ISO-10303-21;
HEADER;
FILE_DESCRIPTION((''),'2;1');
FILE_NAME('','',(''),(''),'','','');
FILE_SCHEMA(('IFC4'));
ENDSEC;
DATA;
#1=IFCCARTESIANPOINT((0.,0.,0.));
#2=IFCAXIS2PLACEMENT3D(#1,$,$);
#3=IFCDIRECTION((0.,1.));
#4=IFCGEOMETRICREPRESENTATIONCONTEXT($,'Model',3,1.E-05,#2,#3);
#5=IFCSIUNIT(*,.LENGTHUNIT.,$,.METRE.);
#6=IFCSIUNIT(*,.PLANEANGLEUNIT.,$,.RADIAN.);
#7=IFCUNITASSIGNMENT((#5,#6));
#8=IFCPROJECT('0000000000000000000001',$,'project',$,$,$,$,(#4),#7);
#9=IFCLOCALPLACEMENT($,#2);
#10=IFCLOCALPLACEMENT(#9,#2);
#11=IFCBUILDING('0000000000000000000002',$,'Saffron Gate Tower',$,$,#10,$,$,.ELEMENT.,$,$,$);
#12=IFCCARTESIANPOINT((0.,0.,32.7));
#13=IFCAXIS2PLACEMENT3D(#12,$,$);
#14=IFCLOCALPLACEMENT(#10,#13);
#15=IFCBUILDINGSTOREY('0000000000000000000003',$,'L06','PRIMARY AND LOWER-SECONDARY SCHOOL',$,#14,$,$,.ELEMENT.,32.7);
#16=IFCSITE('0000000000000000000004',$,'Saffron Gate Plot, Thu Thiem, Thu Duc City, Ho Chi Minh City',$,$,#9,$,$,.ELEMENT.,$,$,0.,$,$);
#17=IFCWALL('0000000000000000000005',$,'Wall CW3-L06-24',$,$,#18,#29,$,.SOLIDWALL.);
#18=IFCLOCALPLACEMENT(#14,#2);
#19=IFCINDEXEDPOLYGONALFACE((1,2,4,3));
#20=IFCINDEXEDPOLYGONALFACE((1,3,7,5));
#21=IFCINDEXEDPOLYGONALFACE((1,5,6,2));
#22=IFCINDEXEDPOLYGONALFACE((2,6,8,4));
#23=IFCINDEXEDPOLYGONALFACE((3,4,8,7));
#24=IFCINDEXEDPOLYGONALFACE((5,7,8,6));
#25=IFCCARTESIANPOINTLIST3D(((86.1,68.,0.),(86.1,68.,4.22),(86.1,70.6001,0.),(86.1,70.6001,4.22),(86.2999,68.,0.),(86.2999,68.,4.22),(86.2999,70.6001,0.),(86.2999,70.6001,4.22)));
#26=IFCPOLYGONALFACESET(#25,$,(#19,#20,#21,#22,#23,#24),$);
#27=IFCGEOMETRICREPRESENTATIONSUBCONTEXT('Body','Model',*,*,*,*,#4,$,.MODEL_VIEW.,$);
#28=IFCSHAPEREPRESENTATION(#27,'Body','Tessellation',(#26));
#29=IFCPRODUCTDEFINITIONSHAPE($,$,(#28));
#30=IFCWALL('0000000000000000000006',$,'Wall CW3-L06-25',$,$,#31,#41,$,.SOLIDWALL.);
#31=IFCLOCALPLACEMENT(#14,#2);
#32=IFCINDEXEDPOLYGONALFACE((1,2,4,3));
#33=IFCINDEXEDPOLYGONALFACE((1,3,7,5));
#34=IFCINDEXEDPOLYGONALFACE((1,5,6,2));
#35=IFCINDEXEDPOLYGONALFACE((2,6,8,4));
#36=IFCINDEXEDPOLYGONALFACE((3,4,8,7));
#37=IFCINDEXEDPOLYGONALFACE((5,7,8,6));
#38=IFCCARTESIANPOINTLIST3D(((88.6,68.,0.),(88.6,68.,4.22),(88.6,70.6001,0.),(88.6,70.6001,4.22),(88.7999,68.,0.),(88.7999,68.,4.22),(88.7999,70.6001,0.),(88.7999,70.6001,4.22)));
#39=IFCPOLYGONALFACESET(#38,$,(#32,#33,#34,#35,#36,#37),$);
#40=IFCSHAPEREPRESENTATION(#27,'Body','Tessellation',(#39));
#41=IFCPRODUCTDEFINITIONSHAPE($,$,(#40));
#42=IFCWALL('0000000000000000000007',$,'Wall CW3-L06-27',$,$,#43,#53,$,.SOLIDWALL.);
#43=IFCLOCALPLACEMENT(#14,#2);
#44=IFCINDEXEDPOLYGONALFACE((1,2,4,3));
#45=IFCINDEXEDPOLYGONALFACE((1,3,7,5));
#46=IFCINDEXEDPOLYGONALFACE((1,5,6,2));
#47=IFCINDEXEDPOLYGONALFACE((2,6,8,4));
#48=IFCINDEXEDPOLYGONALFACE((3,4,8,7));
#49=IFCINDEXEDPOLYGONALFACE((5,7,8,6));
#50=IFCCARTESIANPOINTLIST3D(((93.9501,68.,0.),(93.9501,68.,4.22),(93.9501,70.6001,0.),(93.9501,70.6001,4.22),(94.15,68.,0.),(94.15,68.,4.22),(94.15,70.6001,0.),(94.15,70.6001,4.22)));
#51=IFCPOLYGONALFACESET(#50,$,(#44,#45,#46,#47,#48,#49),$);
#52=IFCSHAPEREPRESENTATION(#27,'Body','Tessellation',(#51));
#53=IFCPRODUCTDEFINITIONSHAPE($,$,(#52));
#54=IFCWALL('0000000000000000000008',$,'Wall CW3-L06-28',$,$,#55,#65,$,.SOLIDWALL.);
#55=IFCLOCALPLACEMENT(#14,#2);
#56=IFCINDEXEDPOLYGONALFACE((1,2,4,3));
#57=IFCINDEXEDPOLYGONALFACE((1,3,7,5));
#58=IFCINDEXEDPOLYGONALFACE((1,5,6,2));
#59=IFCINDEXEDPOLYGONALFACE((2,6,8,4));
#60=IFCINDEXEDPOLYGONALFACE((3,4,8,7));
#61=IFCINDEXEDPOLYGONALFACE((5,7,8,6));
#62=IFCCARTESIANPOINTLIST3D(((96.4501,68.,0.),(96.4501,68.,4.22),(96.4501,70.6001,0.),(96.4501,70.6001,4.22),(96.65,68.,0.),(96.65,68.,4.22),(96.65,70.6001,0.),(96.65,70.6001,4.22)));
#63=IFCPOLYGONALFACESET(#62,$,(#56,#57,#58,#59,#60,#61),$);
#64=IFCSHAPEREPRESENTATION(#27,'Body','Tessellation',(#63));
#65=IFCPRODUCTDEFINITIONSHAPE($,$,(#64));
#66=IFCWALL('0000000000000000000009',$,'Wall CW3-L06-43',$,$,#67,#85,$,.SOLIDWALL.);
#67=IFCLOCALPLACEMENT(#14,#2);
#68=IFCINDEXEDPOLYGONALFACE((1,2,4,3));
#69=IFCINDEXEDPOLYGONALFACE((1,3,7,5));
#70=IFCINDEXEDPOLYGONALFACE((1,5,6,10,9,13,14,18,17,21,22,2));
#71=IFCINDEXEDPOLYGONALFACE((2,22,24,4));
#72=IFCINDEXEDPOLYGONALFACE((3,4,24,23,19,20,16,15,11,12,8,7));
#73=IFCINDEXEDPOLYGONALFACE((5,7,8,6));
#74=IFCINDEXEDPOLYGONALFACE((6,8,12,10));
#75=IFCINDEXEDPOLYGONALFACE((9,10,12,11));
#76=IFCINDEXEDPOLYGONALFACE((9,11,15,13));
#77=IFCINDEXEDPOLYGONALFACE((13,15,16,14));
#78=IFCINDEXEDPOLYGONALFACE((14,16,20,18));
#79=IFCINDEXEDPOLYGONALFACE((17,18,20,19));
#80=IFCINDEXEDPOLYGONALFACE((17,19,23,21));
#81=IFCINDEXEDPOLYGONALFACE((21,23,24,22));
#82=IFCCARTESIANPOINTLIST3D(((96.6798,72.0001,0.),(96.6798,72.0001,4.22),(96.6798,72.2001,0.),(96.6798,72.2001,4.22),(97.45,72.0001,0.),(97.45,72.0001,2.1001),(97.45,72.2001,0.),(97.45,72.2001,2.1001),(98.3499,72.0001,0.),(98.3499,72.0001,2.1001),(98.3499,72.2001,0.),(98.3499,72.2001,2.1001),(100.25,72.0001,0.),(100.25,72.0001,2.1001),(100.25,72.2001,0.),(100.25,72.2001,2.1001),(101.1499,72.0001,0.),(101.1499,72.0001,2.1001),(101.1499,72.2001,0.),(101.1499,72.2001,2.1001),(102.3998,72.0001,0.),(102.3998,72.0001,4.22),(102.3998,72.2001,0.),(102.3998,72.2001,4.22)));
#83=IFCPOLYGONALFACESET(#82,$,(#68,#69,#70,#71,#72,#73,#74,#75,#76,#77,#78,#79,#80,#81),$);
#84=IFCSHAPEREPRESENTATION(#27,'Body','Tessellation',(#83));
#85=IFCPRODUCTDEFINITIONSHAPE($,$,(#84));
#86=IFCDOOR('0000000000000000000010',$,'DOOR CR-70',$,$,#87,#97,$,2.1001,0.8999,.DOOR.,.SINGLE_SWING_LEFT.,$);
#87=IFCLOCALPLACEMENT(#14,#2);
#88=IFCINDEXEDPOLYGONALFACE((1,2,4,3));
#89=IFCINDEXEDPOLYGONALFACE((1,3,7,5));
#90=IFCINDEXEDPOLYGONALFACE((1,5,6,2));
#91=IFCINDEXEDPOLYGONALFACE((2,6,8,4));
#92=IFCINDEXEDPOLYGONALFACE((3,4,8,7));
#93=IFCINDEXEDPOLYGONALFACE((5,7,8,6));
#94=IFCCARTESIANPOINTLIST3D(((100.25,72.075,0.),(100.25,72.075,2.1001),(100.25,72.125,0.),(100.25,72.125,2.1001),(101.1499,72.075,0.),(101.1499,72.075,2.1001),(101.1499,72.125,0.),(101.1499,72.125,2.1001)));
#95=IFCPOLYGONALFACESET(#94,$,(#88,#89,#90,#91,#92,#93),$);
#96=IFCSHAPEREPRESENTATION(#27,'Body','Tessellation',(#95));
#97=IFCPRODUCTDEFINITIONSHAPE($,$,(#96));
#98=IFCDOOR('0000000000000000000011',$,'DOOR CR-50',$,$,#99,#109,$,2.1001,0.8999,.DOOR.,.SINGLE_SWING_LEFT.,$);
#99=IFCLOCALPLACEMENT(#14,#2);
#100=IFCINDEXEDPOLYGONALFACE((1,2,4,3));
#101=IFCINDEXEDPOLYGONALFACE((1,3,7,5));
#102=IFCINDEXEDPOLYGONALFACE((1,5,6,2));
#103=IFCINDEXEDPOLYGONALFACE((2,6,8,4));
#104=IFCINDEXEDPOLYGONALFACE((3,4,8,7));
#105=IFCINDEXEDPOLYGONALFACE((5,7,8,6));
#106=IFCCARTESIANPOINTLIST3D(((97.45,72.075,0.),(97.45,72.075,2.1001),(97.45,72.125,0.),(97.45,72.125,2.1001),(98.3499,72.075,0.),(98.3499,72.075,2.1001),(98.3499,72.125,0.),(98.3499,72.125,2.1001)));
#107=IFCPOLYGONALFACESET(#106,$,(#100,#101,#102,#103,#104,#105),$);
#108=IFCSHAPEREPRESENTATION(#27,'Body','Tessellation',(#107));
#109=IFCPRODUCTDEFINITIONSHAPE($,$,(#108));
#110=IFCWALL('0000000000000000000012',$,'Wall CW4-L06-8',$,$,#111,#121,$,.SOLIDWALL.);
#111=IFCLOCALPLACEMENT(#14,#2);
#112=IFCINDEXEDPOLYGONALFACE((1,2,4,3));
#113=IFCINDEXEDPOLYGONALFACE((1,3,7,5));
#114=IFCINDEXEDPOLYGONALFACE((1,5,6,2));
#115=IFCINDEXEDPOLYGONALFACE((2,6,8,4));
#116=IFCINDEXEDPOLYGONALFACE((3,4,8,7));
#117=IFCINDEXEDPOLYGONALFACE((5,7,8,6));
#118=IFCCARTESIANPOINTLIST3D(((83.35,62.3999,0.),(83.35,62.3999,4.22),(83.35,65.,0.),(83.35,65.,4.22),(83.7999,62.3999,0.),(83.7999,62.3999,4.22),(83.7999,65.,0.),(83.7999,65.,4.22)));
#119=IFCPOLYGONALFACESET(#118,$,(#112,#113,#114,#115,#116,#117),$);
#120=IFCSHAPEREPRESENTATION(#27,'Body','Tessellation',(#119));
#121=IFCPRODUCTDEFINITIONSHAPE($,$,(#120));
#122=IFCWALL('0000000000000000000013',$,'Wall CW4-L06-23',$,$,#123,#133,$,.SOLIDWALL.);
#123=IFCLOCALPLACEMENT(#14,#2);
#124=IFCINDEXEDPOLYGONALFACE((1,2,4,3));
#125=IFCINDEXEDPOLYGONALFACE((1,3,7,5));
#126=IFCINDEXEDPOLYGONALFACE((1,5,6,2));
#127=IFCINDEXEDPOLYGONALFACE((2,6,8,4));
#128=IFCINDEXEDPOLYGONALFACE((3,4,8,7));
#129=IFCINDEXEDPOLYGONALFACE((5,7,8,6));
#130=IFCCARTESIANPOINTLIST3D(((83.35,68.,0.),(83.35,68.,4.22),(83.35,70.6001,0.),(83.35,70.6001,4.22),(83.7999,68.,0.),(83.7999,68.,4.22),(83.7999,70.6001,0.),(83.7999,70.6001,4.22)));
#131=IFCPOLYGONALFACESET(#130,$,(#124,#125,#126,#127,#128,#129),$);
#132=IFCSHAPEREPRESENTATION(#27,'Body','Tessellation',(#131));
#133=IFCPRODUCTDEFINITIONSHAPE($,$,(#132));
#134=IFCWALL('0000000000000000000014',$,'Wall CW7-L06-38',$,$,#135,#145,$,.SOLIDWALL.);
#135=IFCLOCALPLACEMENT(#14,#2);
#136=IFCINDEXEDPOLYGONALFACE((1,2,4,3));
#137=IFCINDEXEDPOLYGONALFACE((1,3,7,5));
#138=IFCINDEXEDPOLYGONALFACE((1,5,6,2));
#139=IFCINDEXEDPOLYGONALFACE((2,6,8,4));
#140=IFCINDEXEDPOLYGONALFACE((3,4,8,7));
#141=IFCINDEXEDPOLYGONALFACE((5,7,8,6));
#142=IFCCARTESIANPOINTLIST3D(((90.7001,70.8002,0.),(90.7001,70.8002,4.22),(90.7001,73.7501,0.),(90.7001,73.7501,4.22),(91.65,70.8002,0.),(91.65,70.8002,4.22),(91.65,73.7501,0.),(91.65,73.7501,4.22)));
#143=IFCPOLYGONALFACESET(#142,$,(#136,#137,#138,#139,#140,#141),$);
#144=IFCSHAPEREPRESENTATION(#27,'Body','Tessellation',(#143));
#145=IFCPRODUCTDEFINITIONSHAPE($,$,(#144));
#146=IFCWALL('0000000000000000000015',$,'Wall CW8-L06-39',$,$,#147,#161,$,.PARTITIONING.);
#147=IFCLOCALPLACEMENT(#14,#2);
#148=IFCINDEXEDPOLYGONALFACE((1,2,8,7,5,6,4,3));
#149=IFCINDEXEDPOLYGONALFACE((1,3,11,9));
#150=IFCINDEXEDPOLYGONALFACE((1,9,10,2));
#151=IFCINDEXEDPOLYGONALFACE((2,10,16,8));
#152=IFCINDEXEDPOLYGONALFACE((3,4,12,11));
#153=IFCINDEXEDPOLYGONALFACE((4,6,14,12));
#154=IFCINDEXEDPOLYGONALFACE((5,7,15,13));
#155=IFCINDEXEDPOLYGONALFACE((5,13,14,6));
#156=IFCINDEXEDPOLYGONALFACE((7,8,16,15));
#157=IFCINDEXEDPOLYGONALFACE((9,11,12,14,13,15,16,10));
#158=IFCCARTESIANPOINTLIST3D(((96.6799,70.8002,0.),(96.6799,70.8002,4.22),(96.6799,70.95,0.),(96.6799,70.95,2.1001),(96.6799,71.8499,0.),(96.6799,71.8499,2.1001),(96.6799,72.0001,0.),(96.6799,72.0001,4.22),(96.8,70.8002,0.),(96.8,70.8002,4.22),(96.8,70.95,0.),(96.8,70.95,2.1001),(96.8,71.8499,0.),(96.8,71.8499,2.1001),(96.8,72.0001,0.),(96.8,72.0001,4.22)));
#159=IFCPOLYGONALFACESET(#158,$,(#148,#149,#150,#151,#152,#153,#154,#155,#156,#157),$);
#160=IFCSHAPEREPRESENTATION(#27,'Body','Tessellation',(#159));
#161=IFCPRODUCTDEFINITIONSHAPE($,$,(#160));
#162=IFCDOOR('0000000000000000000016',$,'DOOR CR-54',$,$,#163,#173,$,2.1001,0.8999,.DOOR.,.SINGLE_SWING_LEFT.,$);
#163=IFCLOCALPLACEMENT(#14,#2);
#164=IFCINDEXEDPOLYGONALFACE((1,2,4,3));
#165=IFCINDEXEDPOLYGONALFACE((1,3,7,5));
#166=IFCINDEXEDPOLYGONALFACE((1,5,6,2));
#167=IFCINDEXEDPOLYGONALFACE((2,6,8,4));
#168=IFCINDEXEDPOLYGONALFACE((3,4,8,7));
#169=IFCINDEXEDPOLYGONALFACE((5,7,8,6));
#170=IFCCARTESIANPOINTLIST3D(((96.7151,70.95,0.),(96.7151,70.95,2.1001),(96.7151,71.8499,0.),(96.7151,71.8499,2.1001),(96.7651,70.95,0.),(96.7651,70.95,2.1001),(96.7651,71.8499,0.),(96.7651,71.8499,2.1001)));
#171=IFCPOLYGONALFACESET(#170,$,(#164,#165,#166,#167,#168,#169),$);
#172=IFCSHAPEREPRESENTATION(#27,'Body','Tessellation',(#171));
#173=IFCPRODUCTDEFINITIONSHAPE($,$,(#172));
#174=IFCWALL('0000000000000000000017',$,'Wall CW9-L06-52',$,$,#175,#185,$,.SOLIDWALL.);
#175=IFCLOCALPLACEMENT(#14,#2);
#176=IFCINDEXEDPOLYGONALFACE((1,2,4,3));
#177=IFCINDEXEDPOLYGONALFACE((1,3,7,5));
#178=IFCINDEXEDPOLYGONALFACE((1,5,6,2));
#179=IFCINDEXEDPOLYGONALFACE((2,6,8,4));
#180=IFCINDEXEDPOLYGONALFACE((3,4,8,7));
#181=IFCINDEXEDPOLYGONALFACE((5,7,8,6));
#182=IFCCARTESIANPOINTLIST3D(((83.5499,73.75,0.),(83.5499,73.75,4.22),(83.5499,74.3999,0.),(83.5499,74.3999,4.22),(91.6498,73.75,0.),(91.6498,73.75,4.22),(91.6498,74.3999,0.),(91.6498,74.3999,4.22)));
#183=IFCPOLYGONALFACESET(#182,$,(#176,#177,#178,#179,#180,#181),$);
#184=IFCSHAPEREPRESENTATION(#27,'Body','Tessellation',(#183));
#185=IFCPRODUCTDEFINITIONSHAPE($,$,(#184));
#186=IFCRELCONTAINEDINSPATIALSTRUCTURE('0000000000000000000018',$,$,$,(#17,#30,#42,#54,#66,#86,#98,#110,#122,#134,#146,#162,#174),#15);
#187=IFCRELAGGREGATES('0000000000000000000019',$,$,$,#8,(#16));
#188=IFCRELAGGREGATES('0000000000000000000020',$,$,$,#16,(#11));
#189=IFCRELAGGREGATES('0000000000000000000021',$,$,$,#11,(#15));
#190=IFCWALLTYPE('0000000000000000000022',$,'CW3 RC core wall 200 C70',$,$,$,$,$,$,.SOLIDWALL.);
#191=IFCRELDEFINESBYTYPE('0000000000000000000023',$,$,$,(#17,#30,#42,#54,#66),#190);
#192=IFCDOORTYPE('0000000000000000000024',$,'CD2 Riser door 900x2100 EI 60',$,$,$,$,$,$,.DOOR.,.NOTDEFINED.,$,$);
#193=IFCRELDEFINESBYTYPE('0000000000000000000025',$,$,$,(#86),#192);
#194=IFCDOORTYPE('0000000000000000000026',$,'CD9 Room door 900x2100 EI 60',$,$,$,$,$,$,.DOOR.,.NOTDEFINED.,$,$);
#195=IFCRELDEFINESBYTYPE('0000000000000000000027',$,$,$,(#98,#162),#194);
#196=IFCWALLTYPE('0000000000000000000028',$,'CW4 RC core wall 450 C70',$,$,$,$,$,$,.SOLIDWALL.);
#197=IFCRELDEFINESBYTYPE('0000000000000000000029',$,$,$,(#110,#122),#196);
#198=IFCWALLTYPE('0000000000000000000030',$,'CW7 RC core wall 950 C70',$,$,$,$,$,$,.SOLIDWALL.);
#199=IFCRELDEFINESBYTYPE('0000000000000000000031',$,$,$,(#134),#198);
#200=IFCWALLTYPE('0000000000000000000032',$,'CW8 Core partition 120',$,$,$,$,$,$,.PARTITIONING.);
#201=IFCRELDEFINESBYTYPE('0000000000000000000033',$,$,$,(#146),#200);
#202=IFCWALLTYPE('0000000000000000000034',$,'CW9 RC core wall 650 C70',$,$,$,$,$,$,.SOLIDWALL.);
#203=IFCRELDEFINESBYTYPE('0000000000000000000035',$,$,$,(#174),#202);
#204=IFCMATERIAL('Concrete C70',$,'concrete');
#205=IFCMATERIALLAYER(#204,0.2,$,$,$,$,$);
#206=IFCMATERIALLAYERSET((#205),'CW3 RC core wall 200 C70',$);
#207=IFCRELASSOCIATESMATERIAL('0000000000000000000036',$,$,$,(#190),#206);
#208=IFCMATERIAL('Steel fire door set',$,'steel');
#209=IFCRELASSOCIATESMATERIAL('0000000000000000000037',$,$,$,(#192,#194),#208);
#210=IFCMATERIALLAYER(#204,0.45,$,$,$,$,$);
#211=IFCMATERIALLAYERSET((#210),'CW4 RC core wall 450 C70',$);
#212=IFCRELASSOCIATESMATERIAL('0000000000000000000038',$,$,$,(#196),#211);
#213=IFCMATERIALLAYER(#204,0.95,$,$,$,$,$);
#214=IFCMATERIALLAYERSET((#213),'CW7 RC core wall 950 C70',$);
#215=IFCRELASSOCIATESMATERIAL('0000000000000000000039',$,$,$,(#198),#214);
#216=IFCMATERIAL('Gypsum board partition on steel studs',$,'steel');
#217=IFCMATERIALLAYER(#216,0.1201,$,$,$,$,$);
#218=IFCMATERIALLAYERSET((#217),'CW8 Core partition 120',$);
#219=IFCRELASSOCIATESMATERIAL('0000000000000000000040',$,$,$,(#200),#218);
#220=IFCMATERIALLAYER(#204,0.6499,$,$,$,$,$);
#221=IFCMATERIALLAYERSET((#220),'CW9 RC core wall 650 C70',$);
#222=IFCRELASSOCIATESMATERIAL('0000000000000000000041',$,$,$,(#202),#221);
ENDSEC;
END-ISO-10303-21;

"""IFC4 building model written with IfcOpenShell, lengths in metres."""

from ifc_helpers import new_model, si_unit, direction, frame, frame_2d, origin, place, context, subcontext, project, spatial, rectangle, extrude, material, layer, layer_set, type_object, element, fill, save


model = new_model("IFC4")

# Units and contexts
model_context = context("Model", 3, precision=1e-05, world=origin(), true_north=direction((0.0, 1.0)))
body_context = subcontext(model_context, "Body", "Model", "MODEL_VIEW")
ifc_project = project(units=[si_unit("LENGTHUNIT", "METRE"), si_unit("PLANEANGLEUNIT", "RADIAN")], contexts=[model_context])

# Site, building, storey
site_placement = place(None, origin())
site = spatial("IfcSite", under=ifc_project, at=site_placement, Name="Saffron Gate Plot, Thu Thiem, Thu Duc City, Ho Chi Minh City", CompositionType="ELEMENT", RefElevation=0.0)
building_placement = place(site_placement, origin())
building = spatial("IfcBuilding", under=site, at=building_placement, Name="Saffron Gate Tower", CompositionType="ELEMENT")
storey_placement = place(building_placement, frame((0.0, 0.0, 32.7)))
storey = spatial("IfcBuildingStorey", under=building, at=storey_placement, Name="L06", Description="PRIMARY AND LOWER-SECONDARY SCHOOL", CompositionType="ELEMENT", Elevation=32.7)

# Shared definitions
ifc_material_1 = material(Name="Concrete C70", Category="concrete")

# Shared definitions
ifc_material_2 = material(Name="Steel fire door set", Category="steel")

# Shared definitions
ifc_layer_1 = layer(ifc_material_1, 0.2)
ifc_layer_set_1 = layer_set([ifc_layer_1], Name="CW3 RC core wall 200 C70")
wall_type_1 = type_object("IfcWallType", Name="CW3 RC core wall 200 C70", PredefinedType="SOLIDWALL", material=ifc_layer_set_1)

# Shared definitions
door_type_1 = type_object("IfcDoorType", Name="CD2 Riser door 900x2100 EI 60", OperationType="NOTDEFINED", PredefinedType="DOOR", material=ifc_material_2)

# Walls
for number, where, z_axis, x_axis, name in (
    (1, (86.2, 68.0, 0.0), (0.0, 0.0, 1.0), (0.0, 1.0, 0.0), "Wall CW3-L06-24"),
    (2, (88.7, 68.0, 0.0), (0.0, 0.0, 1.0), (0.0, 1.0, 0.0), "Wall CW3-L06-25"),
    (3, (94.05, 68.0, 0.0), (0.0, 0.0, 1.0), (0.0, 1.0, 0.0), "Wall CW3-L06-27"),
    (4, (96.55, 68.0, 0.0), (0.0, 0.0, 1.0), (0.0, 1.0, 0.0), "Wall CW3-L06-28"),
):
    element("IfcWall", number, at=place(storey_placement, frame(where, z_axis=z_axis, x_axis=x_axis)), inside=storey, type_object=wall_type_1, Name=name, PredefinedType="SOLIDWALL", context=body_context, shape_type="SweptSolid", body=[
        extrude(rectangle(XDim=2.6001, YDim=0.2, at=frame_2d((1.3, 0.0))), origin(), (0.0, 0.0, 1.0), 4.22),
    ])

# Wall, openings, doors
wall_1_placement = place(storey_placement, frame((96.6799, 72.1001, 0.0), z_axis=(0.0, 0.0, 1.0), x_axis=(1.0, 0.0, 0.0)))
wall_1 = element("IfcWall", 5, at=wall_1_placement, inside=storey, type_object=wall_type_1, Name="Wall CW3-L06-43", PredefinedType="SOLIDWALL", context=body_context, shape_type="SweptSolid", body=[
    extrude(rectangle(XDim=5.72, YDim=0.2, at=frame_2d((2.8599, 0.0))), origin(), (0.0, 0.0, 1.0), 4.22),
])
opening_1_placement = place(wall_1_placement, frame((0.77, 0.0, 0.0)))
opening_1 = element("IfcOpeningElement", 6, at=opening_1_placement, cuts=wall_1, PredefinedType="OPENING", context=body_context, shape_type="SweptSolid", body=[
    extrude(rectangle(XDim=0.8999, YDim=2.1001, at=frame_2d((0.45, 1.05))), frame((0.0, 0.1099, 0.0), z_axis=(0.0, -1.0, 0.0), x_axis=(1.0, 0.0, 0.0)), (0.0, 0.0, 1.0), 0.22),
])
opening_2_placement = place(wall_1_placement, frame((3.5701, 0.0, 0.0)))
opening_2 = element("IfcOpeningElement", 7, at=opening_2_placement, cuts=wall_1, PredefinedType="OPENING", context=body_context, shape_type="SweptSolid", body=[
    extrude(rectangle(XDim=0.8999, YDim=2.1001, at=frame_2d((0.45, 1.05))), frame((0.0, 0.1099, 0.0), z_axis=(0.0, -1.0, 0.0), x_axis=(1.0, 0.0, 0.0)), (0.0, 0.0, 1.0), 0.22),
])
door_1_placement = place(opening_2_placement, origin())
door_1 = element("IfcDoor", 8, at=door_1_placement, inside=storey, type_object=door_type_1, Name="DOOR CR-70", OperationType="SINGLE_SWING_LEFT", OverallHeight=2.1001, OverallWidth=0.8999, PredefinedType="DOOR", context=body_context, shape_type="SweptSolid", body=[
    extrude(rectangle(XDim=0.8999, YDim=2.1001, at=frame_2d((0.45, 1.05))), frame((0.0, 0.0249, 0.0), z_axis=(0.0, -1.0, 0.0), x_axis=(1.0, 0.0, 0.0)), (0.0, 0.0, 1.0), 0.05),
])
fill(opening_2, door_1)
door_type_2 = type_object("IfcDoorType", Name="CD9 Room door 900x2100 EI 60", OperationType="NOTDEFINED", PredefinedType="DOOR", material=ifc_material_2)
door_2_placement = place(opening_1_placement, origin())
door_2 = element("IfcDoor", 9, at=door_2_placement, inside=storey, type_object=door_type_2, Name="DOOR CR-50", OperationType="SINGLE_SWING_LEFT", OverallHeight=2.1001, OverallWidth=0.8999, PredefinedType="DOOR", context=body_context, shape_type="SweptSolid", body=[
    extrude(rectangle(XDim=0.8999, YDim=2.1001, at=frame_2d((0.45, 1.05))), frame((0.0, 0.0249, 0.0), z_axis=(0.0, -1.0, 0.0), x_axis=(1.0, 0.0, 0.0)), (0.0, 0.0, 1.0), 0.05),
])
fill(opening_1, door_2)

# Walls
ifc_layer_2 = layer(ifc_material_1, 0.45)
ifc_layer_set_2 = layer_set([ifc_layer_2], Name="CW4 RC core wall 450 C70")
wall_type_2 = type_object("IfcWallType", Name="CW4 RC core wall 450 C70", PredefinedType="SOLIDWALL", material=ifc_layer_set_2)
for number, where, z_axis, x_axis, name in (
    (10, (83.575, 62.3999, 0.0), (0.0, 0.0, 1.0), (0.0, 1.0, 0.0), "Wall CW4-L06-8"),
    (11, (83.575, 68.0, 0.0), (0.0, 0.0, 1.0), (0.0, 1.0, 0.0), "Wall CW4-L06-23"),
):
    element("IfcWall", number, at=place(storey_placement, frame(where, z_axis=z_axis, x_axis=x_axis)), inside=storey, type_object=wall_type_2, Name=name, PredefinedType="SOLIDWALL", context=body_context, shape_type="SweptSolid", body=[
        extrude(rectangle(XDim=2.6001, YDim=0.45, at=frame_2d((1.3, 0.0))), origin(), (0.0, 0.0, 1.0), 4.22),
    ])
ifc_layer_3 = layer(ifc_material_1, 0.95)
ifc_layer_set_3 = layer_set([ifc_layer_3], Name="CW7 RC core wall 950 C70")
wall_type_3 = type_object("IfcWallType", Name="CW7 RC core wall 950 C70", PredefinedType="SOLIDWALL", material=ifc_layer_set_3)
wall_2_placement = place(storey_placement, frame((91.175, 70.8, 0.0), z_axis=(0.0, 0.0, 1.0), x_axis=(0.0, 1.0, 0.0)))
element("IfcWall", 12, at=wall_2_placement, inside=storey, type_object=wall_type_3, Name="Wall CW7-L06-38", PredefinedType="SOLIDWALL", context=body_context, shape_type="SweptSolid", body=[
    extrude(rectangle(XDim=2.95, YDim=0.95, at=frame_2d((1.4751, 0.0))), origin(), (0.0, 0.0, 1.0), 4.22),
])

# Wall, opening, door
ifc_material_3 = material(Name="Gypsum board partition on steel studs", Category="steel")
ifc_layer_4 = layer(ifc_material_3, 0.1201)
ifc_layer_set_4 = layer_set([ifc_layer_4], Name="CW8 Core partition 120")
wall_type_4 = type_object("IfcWallType", Name="CW8 Core partition 120", PredefinedType="PARTITIONING", material=ifc_layer_set_4)
wall_3_placement = place(storey_placement, frame((96.74, 70.8, 0.0), z_axis=(0.0, 0.0, 1.0), x_axis=(0.0, 1.0, 0.0)))
wall_3 = element("IfcWall", 13, at=wall_3_placement, inside=storey, type_object=wall_type_4, Name="Wall CW8-L06-39", PredefinedType="PARTITIONING", context=body_context, shape_type="SweptSolid", body=[
    extrude(rectangle(XDim=1.2, YDim=0.1201, at=frame_2d((0.6001, 0.0))), origin(), (0.0, 0.0, 1.0), 4.22),
])
opening_3_placement = place(wall_3_placement, frame((0.1499, 0.0, 0.0)))
opening_3 = element("IfcOpeningElement", 14, at=opening_3_placement, cuts=wall_3, PredefinedType="OPENING", context=body_context, shape_type="SweptSolid", body=[
    extrude(rectangle(XDim=0.8999, YDim=2.1001, at=frame_2d((0.45, 1.05))), frame((0.0, 0.0701, 0.0), z_axis=(0.0, -1.0, 0.0), x_axis=(1.0, 0.0, 0.0)), (0.0, 0.0, 1.0), 0.1401),
])
door_3_placement = place(opening_3_placement, origin())
door_3 = element("IfcDoor", 15, at=door_3_placement, inside=storey, type_object=door_type_2, Name="DOOR CR-54", OperationType="SINGLE_SWING_LEFT", OverallHeight=2.1001, OverallWidth=0.8999, PredefinedType="DOOR", context=body_context, shape_type="SweptSolid", body=[
    extrude(rectangle(XDim=0.8999, YDim=2.1001, at=frame_2d((0.45, 1.05))), frame((0.0, 0.0249, 0.0), z_axis=(0.0, -1.0, 0.0), x_axis=(1.0, 0.0, 0.0)), (0.0, 0.0, 1.0), 0.05),
])
fill(opening_3, door_3)

# Wall
ifc_layer_5 = layer(ifc_material_1, 0.6499)
ifc_layer_set_5 = layer_set([ifc_layer_5], Name="CW9 RC core wall 650 C70")
wall_type_5 = type_object("IfcWallType", Name="CW9 RC core wall 650 C70", PredefinedType="SOLIDWALL", material=ifc_layer_set_5)
wall_4_placement = place(storey_placement, frame((83.55, 74.075, 0.0), z_axis=(0.0, 0.0, 1.0), x_axis=(1.0, 0.0, 0.0)))
element("IfcWall", 16, at=wall_4_placement, inside=storey, type_object=wall_type_5, Name="Wall CW9-L06-52", PredefinedType="SOLIDWALL", context=body_context, shape_type="SweptSolid", body=[
    extrude(rectangle(XDim=8.0999, YDim=0.6499, at=frame_2d((4.0498, 0.0))), origin(), (0.0, 0.0, 1.0), 4.22),
])

save(model, "model.ifc")
